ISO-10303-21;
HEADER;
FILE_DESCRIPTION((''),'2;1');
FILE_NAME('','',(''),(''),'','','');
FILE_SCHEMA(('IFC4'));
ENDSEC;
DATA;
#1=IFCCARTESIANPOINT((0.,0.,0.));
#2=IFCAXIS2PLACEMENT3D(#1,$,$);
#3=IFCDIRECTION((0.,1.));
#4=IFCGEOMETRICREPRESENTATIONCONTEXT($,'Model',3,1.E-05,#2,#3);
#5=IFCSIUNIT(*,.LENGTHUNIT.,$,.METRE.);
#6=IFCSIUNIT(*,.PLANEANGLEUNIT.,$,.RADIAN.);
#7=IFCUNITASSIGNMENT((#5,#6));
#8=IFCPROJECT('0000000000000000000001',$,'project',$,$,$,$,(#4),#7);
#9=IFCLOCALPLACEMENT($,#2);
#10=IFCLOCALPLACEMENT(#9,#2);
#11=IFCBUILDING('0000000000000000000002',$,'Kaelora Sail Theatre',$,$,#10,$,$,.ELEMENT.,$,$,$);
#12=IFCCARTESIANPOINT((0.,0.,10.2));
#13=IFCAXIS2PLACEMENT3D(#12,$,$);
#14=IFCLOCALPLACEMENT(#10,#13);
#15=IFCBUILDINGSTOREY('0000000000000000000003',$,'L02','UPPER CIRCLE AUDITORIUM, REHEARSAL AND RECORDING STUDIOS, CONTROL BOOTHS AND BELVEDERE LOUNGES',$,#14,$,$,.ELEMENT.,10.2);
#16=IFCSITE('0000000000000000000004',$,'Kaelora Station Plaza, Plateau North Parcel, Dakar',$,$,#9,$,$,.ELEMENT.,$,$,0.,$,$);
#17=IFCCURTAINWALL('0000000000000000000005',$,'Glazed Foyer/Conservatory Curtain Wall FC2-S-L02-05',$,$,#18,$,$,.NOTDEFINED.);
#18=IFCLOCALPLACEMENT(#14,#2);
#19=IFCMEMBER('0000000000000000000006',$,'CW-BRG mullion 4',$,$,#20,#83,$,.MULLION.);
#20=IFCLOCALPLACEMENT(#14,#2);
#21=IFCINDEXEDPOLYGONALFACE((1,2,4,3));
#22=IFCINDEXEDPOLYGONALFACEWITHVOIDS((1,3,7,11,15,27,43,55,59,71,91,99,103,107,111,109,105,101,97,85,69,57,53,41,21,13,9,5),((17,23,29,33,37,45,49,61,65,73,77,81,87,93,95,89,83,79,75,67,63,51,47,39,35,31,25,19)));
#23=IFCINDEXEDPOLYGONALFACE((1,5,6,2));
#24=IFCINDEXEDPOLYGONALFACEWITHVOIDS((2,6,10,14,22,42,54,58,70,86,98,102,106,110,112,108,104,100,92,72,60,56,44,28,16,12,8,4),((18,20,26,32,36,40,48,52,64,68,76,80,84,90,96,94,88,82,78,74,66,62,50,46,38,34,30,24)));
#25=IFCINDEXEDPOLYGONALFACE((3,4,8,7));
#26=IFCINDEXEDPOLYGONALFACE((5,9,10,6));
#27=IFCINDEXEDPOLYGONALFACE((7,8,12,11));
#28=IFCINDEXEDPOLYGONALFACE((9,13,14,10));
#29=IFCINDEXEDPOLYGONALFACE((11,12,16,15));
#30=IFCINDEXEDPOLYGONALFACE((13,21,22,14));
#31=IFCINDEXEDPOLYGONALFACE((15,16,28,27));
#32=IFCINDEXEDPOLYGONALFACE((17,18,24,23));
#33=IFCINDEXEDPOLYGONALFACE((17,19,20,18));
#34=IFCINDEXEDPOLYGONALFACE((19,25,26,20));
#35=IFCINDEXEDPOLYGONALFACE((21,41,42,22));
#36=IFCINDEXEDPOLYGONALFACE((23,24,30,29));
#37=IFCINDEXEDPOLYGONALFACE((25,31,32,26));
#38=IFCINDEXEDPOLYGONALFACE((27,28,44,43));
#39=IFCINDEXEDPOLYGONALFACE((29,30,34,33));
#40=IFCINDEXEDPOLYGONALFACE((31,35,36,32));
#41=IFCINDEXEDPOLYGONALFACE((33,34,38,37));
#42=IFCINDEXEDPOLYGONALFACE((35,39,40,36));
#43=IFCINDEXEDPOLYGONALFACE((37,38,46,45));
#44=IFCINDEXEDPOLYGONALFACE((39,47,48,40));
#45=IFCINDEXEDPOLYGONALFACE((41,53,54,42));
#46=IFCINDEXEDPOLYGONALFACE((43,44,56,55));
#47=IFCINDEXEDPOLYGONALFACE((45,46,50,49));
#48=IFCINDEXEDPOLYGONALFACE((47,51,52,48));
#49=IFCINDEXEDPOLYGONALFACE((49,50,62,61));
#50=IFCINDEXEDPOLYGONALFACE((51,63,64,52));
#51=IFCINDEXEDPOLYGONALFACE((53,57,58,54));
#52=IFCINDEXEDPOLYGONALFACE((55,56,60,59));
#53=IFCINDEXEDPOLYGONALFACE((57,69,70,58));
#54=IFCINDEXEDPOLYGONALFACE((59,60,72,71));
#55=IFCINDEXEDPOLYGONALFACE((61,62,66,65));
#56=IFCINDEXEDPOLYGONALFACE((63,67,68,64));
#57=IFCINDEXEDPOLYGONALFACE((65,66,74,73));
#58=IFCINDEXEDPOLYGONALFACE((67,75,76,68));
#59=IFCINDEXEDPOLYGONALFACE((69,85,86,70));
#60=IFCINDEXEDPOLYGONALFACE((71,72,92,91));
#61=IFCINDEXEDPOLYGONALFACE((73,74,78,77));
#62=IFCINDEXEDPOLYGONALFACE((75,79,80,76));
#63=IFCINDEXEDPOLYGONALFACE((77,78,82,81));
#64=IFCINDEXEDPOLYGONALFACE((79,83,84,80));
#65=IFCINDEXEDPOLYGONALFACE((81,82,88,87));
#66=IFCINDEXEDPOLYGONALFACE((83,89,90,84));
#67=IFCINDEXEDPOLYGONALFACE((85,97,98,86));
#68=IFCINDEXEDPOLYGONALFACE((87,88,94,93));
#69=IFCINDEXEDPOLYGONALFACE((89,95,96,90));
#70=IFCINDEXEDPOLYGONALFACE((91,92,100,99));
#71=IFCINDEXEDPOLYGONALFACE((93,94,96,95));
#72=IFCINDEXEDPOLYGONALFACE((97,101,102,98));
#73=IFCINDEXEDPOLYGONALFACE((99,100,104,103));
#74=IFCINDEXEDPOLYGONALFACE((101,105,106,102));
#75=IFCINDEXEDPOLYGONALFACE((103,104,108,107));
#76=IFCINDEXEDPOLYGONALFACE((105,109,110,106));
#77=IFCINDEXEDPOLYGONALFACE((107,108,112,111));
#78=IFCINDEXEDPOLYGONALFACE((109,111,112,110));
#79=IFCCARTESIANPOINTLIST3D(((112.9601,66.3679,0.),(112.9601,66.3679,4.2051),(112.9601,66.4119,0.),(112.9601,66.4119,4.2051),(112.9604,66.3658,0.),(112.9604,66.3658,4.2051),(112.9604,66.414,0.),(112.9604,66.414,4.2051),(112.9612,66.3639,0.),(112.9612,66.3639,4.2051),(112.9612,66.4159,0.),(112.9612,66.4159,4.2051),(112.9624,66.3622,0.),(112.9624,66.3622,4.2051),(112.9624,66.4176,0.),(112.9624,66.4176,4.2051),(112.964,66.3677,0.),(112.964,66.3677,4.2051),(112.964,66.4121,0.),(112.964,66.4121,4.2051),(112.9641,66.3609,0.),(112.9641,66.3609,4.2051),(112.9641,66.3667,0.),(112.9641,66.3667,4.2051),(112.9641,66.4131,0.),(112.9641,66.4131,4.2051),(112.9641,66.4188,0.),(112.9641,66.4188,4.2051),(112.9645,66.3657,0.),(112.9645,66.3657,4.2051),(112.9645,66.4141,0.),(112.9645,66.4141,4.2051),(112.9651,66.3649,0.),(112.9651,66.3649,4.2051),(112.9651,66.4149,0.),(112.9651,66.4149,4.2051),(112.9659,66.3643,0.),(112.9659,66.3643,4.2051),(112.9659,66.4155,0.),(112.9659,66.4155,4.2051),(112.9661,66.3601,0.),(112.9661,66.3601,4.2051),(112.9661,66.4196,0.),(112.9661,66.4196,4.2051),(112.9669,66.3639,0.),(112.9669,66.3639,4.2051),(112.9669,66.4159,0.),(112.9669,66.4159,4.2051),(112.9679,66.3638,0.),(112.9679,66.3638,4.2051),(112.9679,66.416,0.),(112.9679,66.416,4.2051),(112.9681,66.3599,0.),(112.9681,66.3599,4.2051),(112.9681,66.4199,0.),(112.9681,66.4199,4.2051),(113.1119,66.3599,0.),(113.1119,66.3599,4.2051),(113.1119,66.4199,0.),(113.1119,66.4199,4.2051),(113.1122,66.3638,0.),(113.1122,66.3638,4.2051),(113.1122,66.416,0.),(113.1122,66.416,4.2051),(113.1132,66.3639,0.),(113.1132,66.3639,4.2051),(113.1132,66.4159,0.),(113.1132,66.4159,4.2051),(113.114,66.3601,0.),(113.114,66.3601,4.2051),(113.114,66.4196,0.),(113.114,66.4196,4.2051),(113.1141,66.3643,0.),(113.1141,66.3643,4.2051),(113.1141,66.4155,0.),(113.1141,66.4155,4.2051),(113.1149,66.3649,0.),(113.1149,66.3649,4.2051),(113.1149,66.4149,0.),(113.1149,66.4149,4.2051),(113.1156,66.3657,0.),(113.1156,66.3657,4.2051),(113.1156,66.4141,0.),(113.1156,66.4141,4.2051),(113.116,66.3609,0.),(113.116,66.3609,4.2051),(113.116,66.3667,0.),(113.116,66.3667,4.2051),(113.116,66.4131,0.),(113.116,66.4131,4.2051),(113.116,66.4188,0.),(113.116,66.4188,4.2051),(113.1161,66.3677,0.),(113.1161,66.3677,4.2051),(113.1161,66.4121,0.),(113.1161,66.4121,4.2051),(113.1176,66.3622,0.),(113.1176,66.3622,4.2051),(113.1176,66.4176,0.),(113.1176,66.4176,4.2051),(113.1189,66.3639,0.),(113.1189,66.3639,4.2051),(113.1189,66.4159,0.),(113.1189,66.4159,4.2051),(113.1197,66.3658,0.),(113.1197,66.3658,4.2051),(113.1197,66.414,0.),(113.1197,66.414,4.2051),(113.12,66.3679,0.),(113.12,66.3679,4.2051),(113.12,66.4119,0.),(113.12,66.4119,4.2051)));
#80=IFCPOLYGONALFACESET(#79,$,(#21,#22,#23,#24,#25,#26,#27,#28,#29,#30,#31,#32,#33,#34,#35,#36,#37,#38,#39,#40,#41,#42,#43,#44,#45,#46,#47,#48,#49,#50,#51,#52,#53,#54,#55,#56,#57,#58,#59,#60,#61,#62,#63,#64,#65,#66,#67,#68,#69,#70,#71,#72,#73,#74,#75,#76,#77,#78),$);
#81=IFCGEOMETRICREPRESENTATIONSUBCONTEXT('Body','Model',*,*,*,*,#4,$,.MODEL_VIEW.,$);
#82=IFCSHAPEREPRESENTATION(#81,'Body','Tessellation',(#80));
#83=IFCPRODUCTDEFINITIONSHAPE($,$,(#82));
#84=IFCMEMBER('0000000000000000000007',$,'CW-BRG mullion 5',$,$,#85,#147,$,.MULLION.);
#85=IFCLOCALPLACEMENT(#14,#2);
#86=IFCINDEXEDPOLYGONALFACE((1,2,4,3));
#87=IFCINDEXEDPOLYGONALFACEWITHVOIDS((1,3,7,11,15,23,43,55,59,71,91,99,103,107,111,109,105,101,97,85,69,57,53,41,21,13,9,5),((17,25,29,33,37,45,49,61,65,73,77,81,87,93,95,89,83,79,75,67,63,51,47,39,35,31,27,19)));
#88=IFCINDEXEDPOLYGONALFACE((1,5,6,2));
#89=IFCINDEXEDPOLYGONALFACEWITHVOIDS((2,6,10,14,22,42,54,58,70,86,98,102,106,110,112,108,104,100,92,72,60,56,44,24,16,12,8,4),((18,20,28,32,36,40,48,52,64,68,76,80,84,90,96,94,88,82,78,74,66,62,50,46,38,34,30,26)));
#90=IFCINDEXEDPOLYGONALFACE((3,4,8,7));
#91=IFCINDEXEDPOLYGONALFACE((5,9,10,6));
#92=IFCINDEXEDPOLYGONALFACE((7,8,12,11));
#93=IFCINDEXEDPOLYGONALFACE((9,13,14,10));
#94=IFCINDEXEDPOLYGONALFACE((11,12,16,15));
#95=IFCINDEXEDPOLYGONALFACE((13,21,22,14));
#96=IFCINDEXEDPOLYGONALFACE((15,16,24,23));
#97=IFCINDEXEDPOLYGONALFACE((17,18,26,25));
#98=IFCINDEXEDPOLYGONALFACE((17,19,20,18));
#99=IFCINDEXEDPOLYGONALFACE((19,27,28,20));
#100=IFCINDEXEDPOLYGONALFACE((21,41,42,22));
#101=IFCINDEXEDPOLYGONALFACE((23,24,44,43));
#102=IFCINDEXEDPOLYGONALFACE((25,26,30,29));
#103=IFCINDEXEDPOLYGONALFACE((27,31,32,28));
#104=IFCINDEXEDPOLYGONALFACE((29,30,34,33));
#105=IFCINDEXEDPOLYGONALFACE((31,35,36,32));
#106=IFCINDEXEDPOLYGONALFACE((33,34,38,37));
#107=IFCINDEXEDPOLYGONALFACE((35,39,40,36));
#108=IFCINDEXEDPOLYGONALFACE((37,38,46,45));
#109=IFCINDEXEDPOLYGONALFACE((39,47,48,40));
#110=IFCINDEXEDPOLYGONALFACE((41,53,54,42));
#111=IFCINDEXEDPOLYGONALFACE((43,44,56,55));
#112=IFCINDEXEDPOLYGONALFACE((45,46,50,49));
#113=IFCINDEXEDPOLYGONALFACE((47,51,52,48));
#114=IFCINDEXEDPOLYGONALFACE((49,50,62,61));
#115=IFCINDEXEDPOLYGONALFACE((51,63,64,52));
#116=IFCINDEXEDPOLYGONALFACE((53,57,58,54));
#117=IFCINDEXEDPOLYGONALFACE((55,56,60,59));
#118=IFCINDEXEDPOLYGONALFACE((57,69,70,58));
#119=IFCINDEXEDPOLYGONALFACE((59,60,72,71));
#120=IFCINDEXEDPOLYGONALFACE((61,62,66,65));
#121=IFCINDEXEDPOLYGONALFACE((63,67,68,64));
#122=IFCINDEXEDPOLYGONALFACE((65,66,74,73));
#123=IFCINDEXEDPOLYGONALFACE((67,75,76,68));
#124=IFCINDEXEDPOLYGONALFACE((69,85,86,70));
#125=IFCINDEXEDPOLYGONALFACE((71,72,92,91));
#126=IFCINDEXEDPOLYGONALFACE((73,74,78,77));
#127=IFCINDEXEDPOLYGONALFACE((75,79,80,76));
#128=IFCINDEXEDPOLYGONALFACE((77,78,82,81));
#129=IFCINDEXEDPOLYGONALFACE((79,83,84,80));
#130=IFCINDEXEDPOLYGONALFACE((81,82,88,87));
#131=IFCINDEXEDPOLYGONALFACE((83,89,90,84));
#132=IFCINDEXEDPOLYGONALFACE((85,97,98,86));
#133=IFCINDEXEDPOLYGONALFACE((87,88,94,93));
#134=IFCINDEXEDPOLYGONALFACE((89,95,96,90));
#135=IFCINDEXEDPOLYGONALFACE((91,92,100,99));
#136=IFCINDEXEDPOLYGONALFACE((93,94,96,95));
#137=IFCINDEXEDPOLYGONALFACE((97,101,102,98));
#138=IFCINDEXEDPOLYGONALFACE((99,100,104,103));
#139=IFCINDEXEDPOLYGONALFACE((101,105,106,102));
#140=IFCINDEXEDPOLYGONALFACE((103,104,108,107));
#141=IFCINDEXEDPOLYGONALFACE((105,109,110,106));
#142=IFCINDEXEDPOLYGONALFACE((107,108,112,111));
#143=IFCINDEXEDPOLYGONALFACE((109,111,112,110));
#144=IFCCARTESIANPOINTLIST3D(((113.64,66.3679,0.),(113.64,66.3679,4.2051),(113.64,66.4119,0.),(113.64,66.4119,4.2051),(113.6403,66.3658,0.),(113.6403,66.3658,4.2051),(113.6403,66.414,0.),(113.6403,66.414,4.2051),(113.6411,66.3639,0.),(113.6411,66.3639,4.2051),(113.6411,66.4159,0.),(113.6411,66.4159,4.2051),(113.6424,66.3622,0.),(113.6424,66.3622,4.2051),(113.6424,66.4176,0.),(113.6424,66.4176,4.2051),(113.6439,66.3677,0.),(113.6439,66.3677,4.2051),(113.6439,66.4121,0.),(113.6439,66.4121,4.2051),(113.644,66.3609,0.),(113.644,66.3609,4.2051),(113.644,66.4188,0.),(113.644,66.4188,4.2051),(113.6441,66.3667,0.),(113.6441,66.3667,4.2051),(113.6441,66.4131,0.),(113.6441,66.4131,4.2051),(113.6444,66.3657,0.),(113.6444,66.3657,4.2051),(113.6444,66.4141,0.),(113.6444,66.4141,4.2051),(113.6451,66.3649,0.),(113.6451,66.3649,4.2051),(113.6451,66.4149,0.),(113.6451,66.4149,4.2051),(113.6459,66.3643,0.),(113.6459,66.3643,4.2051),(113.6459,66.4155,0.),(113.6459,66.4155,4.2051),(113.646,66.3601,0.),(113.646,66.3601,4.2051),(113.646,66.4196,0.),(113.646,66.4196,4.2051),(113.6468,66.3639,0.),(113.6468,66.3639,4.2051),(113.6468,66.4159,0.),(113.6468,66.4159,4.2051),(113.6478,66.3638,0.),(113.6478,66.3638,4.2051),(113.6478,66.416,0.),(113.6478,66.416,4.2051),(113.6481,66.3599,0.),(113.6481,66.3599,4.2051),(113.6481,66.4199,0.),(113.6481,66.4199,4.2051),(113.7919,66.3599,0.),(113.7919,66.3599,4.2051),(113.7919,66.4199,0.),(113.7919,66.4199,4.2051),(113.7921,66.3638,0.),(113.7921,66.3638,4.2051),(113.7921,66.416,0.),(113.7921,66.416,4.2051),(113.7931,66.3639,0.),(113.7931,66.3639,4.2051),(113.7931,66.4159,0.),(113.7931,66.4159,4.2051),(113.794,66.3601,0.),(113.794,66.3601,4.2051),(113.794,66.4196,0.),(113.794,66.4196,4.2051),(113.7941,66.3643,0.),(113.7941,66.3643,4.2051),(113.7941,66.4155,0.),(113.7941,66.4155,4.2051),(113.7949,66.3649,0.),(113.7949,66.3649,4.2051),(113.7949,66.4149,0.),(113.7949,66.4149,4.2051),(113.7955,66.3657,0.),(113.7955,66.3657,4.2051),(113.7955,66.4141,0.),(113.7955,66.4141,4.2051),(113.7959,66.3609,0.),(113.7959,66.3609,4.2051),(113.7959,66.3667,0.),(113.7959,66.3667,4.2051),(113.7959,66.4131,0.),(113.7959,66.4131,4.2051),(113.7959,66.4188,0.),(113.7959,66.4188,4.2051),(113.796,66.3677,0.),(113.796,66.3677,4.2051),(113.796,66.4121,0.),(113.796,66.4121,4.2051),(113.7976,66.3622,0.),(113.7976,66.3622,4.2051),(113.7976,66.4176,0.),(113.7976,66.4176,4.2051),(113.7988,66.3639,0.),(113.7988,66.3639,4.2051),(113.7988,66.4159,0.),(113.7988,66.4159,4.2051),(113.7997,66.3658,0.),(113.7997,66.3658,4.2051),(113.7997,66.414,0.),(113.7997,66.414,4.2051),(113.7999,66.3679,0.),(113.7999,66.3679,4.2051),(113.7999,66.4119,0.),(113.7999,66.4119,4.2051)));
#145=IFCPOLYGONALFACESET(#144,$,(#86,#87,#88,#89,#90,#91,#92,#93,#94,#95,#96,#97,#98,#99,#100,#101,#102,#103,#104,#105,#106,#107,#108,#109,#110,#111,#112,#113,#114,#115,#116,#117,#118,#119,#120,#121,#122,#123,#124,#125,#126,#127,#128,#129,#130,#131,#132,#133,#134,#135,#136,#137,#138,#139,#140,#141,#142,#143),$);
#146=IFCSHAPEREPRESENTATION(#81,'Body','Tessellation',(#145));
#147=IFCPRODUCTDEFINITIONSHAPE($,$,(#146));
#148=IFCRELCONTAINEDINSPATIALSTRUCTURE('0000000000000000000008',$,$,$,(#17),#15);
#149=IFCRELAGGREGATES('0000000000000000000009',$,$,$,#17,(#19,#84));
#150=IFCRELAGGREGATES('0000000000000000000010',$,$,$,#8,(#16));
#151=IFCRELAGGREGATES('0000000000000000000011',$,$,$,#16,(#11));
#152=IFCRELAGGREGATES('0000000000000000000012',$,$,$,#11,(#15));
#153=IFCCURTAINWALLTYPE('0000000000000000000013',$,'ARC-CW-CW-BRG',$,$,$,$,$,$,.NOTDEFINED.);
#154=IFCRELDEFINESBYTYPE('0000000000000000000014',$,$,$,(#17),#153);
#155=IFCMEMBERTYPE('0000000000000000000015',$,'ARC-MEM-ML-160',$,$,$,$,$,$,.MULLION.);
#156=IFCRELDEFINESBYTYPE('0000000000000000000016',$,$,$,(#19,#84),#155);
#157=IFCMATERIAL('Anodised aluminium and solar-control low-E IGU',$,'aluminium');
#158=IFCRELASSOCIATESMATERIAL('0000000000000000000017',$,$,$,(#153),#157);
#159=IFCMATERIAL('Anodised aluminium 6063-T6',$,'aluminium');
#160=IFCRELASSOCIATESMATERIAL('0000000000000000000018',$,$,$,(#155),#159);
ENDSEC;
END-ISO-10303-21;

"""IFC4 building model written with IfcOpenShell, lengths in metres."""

from ifc_helpers import new_model, si_unit, direction, frame, origin, origin_2d, place, context, subcontext, project, spatial, hollow_rectangle, extrude, material, material_profile, profile_set, type_object, element, aggregate, save


model = new_model("IFC4")

# Units and contexts
model_context = context("Model", 3, precision=1e-05, world=origin(), true_north=direction((0.0, 1.0)))
body_context = subcontext(model_context, "Body", "Model", "MODEL_VIEW")
ifc_project = project(units=[si_unit("LENGTHUNIT", "METRE"), si_unit("PLANEANGLEUNIT", "RADIAN")], contexts=[model_context])

# Site, building, storey
site_placement = place(None, origin())
site = spatial("IfcSite", under=ifc_project, at=site_placement, Name="Kaelora Station Plaza, Plateau North Parcel, Dakar", CompositionType="ELEMENT", RefElevation=0.0)
building_placement = place(site_placement, origin())
building = spatial("IfcBuilding", under=site, at=building_placement, Name="Kaelora Sail Theatre", CompositionType="ELEMENT")
storey_placement = place(building_placement, frame((0.0, 0.0, 10.2)))
storey = spatial("IfcBuildingStorey", under=building, at=storey_placement, Name="L02", Description="UPPER CIRCLE AUDITORIUM, REHEARSAL AND RECORDING STUDIOS, CONTROL BOOTHS AND BELVEDERE LOUNGES", CompositionType="ELEMENT", Elevation=10.2)

# Curtain wall, members
ifc_material_1 = material(Name="Anodised aluminium and solar-control low-E IGU", Category="aluminium")
curtain_wall_type = type_object("IfcCurtainWallType", Name="ARC-CW-CW-BRG", PredefinedType="NOTDEFINED", material=ifc_material_1)
curtain_wall_placement = place(storey_placement, origin())
curtain_wall = element("IfcCurtainWall", 1, at=curtain_wall_placement, inside=storey, type_object=curtain_wall_type, Name="Glazed Foyer/Conservatory Curtain Wall FC2-S-L02-05", PredefinedType="NOTDEFINED")
ifc_material_2 = material(Name="Anodised aluminium 6063-T6", Category="aluminium")
ifc_material_profile_1 = material_profile(ifc_material_2, hollow_rectangle(XDim=0.0601, YDim=0.1599, WallThickness=0.0039, InnerFilletRadius=0.0039, OuterFilletRadius=0.0081, at=origin_2d()), Name="ALU-MULL 60x160x4")
ifc_profile_set_1 = profile_set([ifc_material_profile_1], Name="Anodised aluminium 6063-T6")
member_type_1 = type_object("IfcMemberType", Name="ARC-MEM-ML-160", PredefinedType="MULLION", material=ifc_profile_set_1)
member_1_placement = place(storey_placement, frame((113.04, 66.3899, 0.0), z_axis=(0.0, 0.0, 1.0), x_axis=(0.0, 1.0, 0.0)))
member_1 = element("IfcMember", 2, at=member_1_placement, type_object=member_type_1, Name="CW-BRG mullion 4", PredefinedType="MULLION", context=body_context, shape_type="SweptSolid", body=[
    extrude(hollow_rectangle(XDim=0.0601, YDim=0.1599, WallThickness=0.0039, InnerFilletRadius=0.0039, OuterFilletRadius=0.0081, at=origin_2d()), origin(), (0.0, 0.0, 1.0), 4.2051),
])
member_2_placement = place(storey_placement, frame((113.72, 66.3899, 0.0), z_axis=(0.0, 0.0, 1.0), x_axis=(0.0, 1.0, 0.0)))
member_2 = element("IfcMember", 3, at=member_2_placement, type_object=member_type_1, Name="CW-BRG mullion 5", PredefinedType="MULLION", context=body_context, shape_type="SweptSolid", body=[
    extrude(hollow_rectangle(XDim=0.0601, YDim=0.1599, WallThickness=0.0039, InnerFilletRadius=0.0039, OuterFilletRadius=0.0081, at=origin_2d()), origin(), (0.0, 0.0, 1.0), 4.2051),
])
aggregate(curtain_wall, [member_1, member_2])

save(model, "model.ifc")
